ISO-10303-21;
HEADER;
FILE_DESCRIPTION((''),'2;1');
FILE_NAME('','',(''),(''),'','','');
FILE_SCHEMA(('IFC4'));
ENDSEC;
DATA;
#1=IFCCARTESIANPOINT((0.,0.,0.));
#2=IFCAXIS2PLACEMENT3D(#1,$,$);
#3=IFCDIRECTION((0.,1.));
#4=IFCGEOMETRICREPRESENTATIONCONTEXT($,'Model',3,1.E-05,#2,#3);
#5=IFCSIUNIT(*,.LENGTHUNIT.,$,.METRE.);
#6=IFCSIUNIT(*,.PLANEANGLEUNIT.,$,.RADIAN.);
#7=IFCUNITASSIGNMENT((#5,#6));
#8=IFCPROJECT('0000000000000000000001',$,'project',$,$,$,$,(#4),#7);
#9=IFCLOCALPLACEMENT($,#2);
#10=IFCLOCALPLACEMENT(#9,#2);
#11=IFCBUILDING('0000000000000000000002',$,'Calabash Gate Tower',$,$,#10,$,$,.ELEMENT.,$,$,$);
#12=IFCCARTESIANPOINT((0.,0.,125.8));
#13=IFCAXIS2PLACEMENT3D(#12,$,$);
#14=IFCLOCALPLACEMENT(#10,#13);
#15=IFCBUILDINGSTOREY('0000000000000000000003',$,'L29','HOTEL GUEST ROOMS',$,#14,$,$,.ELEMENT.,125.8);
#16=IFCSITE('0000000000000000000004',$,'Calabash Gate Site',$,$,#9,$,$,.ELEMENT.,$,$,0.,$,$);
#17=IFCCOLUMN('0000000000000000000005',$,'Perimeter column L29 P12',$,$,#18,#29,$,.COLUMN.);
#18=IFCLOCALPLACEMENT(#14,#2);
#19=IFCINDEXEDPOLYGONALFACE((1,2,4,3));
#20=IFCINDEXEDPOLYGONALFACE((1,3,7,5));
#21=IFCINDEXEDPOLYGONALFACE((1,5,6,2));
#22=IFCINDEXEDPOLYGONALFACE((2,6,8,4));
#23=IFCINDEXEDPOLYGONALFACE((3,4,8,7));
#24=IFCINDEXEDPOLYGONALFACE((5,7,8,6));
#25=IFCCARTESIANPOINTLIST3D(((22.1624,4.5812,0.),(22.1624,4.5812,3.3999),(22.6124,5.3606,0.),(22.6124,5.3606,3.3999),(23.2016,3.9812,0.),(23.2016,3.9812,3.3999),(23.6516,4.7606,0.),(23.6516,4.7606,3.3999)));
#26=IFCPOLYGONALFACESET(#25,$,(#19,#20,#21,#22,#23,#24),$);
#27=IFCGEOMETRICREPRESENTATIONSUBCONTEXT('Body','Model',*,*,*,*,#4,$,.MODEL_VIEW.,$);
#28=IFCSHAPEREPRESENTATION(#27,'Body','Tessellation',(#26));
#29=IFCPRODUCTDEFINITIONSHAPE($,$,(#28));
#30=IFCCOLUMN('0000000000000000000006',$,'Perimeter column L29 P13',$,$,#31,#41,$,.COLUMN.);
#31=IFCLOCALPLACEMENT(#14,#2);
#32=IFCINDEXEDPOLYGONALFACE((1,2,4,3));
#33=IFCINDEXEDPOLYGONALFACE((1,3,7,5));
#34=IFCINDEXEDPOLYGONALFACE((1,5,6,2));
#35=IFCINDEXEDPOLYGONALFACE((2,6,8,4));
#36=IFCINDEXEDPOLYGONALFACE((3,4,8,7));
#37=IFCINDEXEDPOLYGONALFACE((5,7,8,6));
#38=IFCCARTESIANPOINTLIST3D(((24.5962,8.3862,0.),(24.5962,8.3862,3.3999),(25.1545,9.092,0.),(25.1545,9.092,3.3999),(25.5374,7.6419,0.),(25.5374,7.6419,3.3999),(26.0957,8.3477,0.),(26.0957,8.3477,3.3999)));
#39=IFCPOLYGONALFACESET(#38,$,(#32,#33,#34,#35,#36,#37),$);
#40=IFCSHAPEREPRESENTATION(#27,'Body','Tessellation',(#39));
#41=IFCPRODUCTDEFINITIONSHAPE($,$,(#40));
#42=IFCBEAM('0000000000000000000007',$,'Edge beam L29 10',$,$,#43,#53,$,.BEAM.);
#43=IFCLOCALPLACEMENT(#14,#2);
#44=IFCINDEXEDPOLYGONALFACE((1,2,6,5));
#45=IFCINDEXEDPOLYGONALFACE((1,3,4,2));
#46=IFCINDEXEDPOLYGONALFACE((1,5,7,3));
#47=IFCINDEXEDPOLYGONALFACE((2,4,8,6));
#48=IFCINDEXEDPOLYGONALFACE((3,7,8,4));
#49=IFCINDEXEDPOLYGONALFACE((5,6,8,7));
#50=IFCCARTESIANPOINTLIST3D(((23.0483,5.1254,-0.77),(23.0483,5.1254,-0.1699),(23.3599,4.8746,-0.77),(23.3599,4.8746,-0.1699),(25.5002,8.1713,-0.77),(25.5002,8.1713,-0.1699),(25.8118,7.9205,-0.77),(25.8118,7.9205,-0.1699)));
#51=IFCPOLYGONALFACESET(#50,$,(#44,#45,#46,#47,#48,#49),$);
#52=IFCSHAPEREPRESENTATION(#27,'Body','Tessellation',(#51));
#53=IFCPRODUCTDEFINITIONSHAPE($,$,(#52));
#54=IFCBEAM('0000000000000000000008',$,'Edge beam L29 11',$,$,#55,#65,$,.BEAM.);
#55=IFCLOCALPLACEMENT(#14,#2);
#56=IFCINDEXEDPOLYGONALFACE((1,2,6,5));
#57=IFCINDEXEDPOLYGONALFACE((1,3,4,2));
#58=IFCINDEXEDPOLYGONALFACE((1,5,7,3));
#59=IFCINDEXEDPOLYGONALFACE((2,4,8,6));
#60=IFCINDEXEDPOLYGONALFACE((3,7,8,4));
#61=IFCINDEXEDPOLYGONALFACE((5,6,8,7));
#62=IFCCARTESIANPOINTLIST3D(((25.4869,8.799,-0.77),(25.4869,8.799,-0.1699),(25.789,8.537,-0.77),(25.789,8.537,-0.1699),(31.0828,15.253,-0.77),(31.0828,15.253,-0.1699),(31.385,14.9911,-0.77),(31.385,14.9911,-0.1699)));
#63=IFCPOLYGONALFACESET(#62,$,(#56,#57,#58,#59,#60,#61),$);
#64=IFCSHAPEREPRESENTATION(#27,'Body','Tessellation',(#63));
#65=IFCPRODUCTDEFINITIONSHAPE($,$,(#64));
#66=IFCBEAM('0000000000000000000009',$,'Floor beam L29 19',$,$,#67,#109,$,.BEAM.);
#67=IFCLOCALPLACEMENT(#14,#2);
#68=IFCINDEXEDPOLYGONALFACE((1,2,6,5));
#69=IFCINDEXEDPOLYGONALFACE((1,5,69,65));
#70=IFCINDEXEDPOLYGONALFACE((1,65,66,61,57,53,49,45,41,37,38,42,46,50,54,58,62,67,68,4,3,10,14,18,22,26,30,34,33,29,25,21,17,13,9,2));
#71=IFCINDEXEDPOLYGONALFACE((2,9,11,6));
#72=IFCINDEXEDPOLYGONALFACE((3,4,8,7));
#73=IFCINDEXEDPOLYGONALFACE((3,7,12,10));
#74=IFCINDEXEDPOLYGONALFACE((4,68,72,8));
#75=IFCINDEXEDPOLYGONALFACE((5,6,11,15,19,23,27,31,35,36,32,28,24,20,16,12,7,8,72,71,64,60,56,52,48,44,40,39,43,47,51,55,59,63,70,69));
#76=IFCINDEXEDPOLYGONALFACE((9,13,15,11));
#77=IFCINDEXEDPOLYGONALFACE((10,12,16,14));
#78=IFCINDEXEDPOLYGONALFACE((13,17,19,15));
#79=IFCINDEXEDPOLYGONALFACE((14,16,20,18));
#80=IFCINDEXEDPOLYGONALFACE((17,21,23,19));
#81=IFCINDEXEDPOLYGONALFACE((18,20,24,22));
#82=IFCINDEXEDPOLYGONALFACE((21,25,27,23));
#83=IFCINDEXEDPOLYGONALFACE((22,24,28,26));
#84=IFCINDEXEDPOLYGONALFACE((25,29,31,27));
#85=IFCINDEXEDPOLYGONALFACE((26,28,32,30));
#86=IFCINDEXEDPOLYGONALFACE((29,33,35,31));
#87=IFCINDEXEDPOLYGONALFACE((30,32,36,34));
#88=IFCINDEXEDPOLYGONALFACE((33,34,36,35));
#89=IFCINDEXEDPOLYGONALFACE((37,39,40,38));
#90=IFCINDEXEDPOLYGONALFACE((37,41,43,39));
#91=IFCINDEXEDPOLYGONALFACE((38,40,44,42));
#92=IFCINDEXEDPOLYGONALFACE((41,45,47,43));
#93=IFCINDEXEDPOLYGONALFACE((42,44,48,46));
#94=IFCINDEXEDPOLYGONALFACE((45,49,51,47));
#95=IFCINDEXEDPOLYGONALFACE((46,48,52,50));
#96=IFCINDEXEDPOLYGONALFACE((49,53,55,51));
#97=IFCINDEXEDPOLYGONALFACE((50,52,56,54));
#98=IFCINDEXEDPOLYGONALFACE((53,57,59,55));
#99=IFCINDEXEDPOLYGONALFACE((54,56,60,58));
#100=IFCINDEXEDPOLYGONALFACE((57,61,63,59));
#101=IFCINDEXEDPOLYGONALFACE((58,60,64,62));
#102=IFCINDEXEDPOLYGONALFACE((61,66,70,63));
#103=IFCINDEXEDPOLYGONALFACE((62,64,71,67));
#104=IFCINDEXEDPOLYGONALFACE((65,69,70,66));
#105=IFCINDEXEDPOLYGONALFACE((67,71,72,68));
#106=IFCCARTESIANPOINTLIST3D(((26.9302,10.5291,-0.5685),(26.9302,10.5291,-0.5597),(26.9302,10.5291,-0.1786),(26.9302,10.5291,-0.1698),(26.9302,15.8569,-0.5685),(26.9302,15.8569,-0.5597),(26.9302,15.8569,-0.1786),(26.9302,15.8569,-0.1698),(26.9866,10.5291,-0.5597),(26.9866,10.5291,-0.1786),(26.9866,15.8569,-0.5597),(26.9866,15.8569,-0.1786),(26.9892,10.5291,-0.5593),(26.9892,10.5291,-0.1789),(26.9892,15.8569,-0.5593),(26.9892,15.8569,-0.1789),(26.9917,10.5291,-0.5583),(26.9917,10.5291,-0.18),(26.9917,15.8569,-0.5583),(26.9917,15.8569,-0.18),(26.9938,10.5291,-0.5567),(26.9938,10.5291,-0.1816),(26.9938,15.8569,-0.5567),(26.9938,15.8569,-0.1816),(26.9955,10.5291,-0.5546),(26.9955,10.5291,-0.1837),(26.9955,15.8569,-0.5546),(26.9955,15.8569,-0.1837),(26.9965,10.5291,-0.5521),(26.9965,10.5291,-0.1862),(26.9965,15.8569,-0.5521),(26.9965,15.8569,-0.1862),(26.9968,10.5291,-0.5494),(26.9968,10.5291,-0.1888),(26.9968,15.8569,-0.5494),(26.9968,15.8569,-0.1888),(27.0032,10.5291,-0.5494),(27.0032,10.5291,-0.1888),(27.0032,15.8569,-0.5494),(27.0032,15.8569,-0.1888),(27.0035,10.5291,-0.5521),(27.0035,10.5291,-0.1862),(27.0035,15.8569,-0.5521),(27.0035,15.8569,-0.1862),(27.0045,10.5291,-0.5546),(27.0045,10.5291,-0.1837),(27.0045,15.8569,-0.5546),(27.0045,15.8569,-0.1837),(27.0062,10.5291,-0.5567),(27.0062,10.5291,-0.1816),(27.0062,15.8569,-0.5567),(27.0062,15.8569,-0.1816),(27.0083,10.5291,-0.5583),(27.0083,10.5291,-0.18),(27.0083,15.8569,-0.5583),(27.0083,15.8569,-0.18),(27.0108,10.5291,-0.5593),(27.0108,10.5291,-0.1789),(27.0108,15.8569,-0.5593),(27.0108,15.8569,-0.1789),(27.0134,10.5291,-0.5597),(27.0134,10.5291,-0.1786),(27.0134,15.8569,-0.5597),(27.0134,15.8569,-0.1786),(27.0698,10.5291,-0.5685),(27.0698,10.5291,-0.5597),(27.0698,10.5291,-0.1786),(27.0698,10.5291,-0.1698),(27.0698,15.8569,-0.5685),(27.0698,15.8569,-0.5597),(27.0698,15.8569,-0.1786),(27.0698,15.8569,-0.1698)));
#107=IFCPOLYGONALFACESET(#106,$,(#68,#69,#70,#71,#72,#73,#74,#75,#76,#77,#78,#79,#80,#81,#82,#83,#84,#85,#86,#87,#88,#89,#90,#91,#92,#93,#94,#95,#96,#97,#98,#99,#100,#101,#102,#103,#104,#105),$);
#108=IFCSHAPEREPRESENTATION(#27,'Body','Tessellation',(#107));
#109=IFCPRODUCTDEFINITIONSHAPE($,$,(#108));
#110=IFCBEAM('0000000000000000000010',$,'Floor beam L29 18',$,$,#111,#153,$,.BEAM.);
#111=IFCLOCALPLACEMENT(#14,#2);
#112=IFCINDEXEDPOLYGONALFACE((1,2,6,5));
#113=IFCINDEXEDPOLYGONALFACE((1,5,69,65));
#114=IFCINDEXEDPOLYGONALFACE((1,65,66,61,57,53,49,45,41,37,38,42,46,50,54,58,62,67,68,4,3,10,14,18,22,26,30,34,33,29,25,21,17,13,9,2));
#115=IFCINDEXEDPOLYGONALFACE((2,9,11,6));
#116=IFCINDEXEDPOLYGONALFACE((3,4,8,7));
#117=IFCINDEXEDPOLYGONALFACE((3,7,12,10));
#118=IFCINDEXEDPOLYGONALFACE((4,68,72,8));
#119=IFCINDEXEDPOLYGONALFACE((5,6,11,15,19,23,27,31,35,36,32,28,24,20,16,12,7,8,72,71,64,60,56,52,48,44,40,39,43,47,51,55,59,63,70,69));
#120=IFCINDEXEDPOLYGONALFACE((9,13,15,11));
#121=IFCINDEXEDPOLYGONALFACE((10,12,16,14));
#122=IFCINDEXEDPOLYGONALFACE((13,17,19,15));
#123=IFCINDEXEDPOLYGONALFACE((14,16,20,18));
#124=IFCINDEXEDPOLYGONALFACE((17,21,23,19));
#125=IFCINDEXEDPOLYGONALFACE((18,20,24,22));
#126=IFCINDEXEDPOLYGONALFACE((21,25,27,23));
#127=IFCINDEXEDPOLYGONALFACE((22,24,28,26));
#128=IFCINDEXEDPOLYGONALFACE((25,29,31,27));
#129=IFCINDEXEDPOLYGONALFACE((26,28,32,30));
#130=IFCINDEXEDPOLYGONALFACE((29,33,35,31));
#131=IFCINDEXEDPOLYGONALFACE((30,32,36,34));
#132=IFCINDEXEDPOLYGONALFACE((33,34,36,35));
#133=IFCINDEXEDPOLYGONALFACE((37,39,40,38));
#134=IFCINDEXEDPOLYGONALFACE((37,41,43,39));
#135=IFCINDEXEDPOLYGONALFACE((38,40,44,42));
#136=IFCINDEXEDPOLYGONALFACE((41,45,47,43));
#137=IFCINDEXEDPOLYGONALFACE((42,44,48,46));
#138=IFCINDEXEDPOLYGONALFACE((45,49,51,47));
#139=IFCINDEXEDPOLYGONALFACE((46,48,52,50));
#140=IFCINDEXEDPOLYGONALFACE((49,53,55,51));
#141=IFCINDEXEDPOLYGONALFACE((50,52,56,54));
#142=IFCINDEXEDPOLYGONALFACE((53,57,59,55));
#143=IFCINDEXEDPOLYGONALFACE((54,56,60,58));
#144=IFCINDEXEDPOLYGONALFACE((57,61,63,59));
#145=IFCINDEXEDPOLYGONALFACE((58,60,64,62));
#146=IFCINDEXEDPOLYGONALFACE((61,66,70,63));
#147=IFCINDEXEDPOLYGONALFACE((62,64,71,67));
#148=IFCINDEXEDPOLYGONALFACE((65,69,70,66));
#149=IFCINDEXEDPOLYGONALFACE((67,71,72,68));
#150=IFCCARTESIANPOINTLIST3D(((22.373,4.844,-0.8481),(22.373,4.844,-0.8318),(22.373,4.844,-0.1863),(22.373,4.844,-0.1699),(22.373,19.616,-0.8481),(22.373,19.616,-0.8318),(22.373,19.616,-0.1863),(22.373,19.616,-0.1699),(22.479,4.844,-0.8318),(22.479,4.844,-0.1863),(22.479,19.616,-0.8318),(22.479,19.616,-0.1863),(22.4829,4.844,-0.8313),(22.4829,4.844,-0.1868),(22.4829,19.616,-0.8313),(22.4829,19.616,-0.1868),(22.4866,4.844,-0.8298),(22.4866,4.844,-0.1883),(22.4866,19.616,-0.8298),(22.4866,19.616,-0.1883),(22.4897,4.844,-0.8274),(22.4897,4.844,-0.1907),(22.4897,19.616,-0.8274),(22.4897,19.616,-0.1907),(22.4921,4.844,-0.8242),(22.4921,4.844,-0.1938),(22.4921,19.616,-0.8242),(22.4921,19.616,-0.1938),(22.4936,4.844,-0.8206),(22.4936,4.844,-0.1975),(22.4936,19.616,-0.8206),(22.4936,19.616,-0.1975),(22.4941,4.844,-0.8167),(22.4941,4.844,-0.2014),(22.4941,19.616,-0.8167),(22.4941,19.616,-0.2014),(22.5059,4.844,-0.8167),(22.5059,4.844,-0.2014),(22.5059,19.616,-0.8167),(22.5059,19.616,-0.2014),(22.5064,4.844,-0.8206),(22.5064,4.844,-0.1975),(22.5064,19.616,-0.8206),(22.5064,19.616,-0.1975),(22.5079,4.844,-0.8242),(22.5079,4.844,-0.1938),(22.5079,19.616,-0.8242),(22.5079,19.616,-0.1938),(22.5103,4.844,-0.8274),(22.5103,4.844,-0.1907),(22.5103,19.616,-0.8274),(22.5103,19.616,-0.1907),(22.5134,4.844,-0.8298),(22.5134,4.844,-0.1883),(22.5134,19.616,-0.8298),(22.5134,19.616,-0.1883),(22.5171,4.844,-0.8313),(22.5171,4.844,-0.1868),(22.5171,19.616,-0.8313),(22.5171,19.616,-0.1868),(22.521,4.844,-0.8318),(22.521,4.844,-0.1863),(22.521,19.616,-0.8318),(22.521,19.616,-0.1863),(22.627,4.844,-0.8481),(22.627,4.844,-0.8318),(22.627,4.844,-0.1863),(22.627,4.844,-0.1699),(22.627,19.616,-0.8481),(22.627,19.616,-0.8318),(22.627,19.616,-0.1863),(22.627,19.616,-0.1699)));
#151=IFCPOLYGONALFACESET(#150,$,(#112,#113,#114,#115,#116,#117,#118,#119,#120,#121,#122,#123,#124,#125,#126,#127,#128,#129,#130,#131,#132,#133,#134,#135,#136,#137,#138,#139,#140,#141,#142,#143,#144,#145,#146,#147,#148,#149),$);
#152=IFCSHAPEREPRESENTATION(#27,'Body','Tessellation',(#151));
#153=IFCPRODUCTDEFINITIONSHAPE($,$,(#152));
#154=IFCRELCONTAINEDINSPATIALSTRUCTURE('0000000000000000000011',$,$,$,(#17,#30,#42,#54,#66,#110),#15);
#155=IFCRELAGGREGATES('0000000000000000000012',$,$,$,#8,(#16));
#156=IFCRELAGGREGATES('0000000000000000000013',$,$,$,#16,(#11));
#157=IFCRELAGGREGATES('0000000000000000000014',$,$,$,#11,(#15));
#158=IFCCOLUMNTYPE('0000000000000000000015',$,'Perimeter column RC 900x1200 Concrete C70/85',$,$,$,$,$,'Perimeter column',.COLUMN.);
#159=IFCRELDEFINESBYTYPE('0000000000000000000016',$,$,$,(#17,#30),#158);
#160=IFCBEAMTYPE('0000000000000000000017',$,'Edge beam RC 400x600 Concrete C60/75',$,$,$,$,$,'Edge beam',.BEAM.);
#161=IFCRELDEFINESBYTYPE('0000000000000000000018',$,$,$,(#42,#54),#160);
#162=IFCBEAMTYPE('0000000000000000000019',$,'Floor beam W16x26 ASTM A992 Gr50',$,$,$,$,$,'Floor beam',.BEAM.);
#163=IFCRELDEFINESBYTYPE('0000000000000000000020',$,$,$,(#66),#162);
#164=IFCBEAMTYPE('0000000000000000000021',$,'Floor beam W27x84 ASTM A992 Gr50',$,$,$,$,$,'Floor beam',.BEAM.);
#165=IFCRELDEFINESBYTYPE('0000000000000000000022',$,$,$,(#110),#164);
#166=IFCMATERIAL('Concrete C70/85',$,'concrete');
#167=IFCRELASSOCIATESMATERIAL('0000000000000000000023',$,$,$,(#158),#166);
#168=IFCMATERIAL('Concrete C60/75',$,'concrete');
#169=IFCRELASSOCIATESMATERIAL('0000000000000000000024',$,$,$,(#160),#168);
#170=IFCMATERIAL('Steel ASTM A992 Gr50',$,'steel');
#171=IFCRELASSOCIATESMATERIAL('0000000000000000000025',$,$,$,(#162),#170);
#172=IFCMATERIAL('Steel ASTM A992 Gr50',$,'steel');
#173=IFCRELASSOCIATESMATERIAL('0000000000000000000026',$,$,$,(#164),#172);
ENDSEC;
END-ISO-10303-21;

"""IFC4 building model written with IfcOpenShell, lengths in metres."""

from ifc_helpers import new_model, si_unit, direction, frame, origin, origin_2d, place, context, subcontext, project, spatial, rectangle, i_section, extrude, material, material_profile, profile_set, type_object, element, save


model = new_model("IFC4")

# Units and contexts
model_context = context("Model", 3, precision=1e-05, world=origin(), true_north=direction((0.0, 1.0)))
body_context = subcontext(model_context, "Body", "Model", "MODEL_VIEW")
ifc_project = project(units=[si_unit("LENGTHUNIT", "METRE"), si_unit("PLANEANGLEUNIT", "RADIAN")], contexts=[model_context])

# Site, building, storey
site_placement = place(None, origin())
site = spatial("IfcSite", under=ifc_project, at=site_placement, Name="Calabash Gate Site", CompositionType="ELEMENT", RefElevation=0.0)
building_placement = place(site_placement, origin())
building = spatial("IfcBuilding", under=site, at=building_placement, Name="Calabash Gate Tower", CompositionType="ELEMENT")
storey_placement = place(building_placement, frame((0.0, 0.0, 125.8)))
storey = spatial("IfcBuildingStorey", under=building, at=storey_placement, Name="L29", Description="HOTEL GUEST ROOMS", CompositionType="ELEMENT", Elevation=125.8)

# Columns
ifc_material_1 = material(Name="Concrete C70/85", Category="concrete")
ifc_material_profile_1 = material_profile(ifc_material_1, rectangle(XDim=0.8999, YDim=1.2, at=origin_2d()))
ifc_profile_set_1 = profile_set([ifc_material_profile_1], Name="Concrete C70/85")
column_type = type_object("IfcColumnType", Name="Perimeter column RC 900x1200 Concrete C70/85", ElementType="Perimeter column", PredefinedType="COLUMN", material=ifc_profile_set_1)
for number, where, z_axis, x_axis, name in (
    (1, (22.907, 4.6709, 0.0), (0.0, 0.0, 1.0), (0.5, 0.866025, 0.0), "Perimeter column L29 P12"),
    (2, (25.3459, 8.3669, 0.0), (0.0, 0.0, 1.0), (0.620301, 0.784364, 0.0), "Perimeter column L29 P13"),
):
    element("IfcColumn", number, at=place(storey_placement, frame(where, z_axis=z_axis, x_axis=x_axis)), inside=storey, type_object=column_type, Name=name, PredefinedType="COLUMN", context=body_context, shape_type="SweptSolid", body=[
        extrude(rectangle(XDim=0.8999, YDim=1.2, at=origin_2d()), origin(), (0.0, 0.0, 1.0), 3.3999),
    ])

# Beams
ifc_material_2 = material(Name="Concrete C60/75", Category="concrete")
ifc_material_profile_2 = material_profile(ifc_material_2, rectangle(XDim=0.3999, YDim=0.6001, at=origin_2d()))
ifc_profile_set_2 = profile_set([ifc_material_profile_2], Name="Concrete C60/75")
beam_type_1 = type_object("IfcBeamType", Name="Edge beam RC 400x600 Concrete C60/75", ElementType="Edge beam", PredefinedType="BEAM", material=ifc_profile_set_2)
beam_1_placement = place(storey_placement, frame((23.2041, 5.0, -0.47), z_axis=(0.62706, 0.778971, 0.0), x_axis=(-0.778971, 0.62706, 0.0)))
element("IfcBeam", 3, at=beam_1_placement, inside=storey, type_object=beam_type_1, Name="Edge beam L29 10", PredefinedType="BEAM", context=body_context, shape_type="SweptSolid", body=[
    extrude(rectangle(XDim=0.3999, YDim=0.6001, at=origin_2d()), origin(), (0.0, 0.0, 1.0), 3.9102),
])
beam_2_placement = place(storey_placement, frame((25.6379, 8.668, -0.47), z_axis=(0.65509, 0.75555, 0.0), x_axis=(-0.75555, 0.65509, 0.0)))
element("IfcBeam", 4, at=beam_2_placement, inside=storey, type_object=beam_type_1, Name="Edge beam L29 11", PredefinedType="BEAM", context=body_context, shape_type="SweptSolid", body=[
    extrude(rectangle(XDim=0.3999, YDim=0.6001, at=origin_2d()), origin(), (0.0, 0.0, 1.0), 8.5422),
])
ifc_material_3 = material(Name="Steel ASTM A992 Gr50", Category="steel")
ifc_material_profile_3 = material_profile(ifc_material_3, i_section(OverallWidth=0.1396, OverallDepth=0.3987, WebThickness=0.0063, FlangeThickness=0.0088, FilletRadius=0.0103, at=origin_2d()))
ifc_profile_set_3 = profile_set([ifc_material_profile_3], Name="Steel ASTM A992 Gr50")
beam_type_2 = type_object("IfcBeamType", Name="Floor beam W16x26 ASTM A992 Gr50", ElementType="Floor beam", PredefinedType="BEAM", material=ifc_profile_set_3)
beam_3_placement = place(storey_placement, frame((27.0, 10.5291, -0.3691), z_axis=(0.0, 1.0, 0.0), x_axis=(-1.0, 0.0, 0.0)))
element("IfcBeam", 5, at=beam_3_placement, inside=storey, type_object=beam_type_2, Name="Floor beam L29 19", PredefinedType="BEAM", context=body_context, shape_type="SweptSolid", body=[
    extrude(i_section(OverallWidth=0.1396, OverallDepth=0.3987, WebThickness=0.0063, FlangeThickness=0.0088, FilletRadius=0.0103, at=origin_2d()), origin(), (0.0, 0.0, 1.0), 5.3279),
])
ifc_material_4 = material(Name="Steel ASTM A992 Gr50", Category="steel")
ifc_material_profile_4 = material_profile(ifc_material_4, i_section(OverallWidth=0.2539, OverallDepth=0.6782, WebThickness=0.0117, FlangeThickness=0.0164, FilletRadius=0.0151, at=origin_2d()))
ifc_profile_set_4 = profile_set([ifc_material_profile_4], Name="Steel ASTM A992 Gr50")
beam_type_3 = type_object("IfcBeamType", Name="Floor beam W27x84 ASTM A992 Gr50", ElementType="Floor beam", PredefinedType="BEAM", material=ifc_profile_set_4)
beam_4_placement = place(storey_placement, frame((22.5, 4.844, -0.509), z_axis=(0.0, 1.0, 0.0), x_axis=(-1.0, 0.0, 0.0)))
element("IfcBeam", 6, at=beam_4_placement, inside=storey, type_object=beam_type_3, Name="Floor beam L29 18", PredefinedType="BEAM", context=body_context, shape_type="SweptSolid", body=[
    extrude(i_section(OverallWidth=0.2539, OverallDepth=0.6782, WebThickness=0.0117, FlangeThickness=0.0164, FilletRadius=0.0151, at=origin_2d()), origin(), (0.0, 0.0, 1.0), 14.772),
])

save(model, "model.ifc")
